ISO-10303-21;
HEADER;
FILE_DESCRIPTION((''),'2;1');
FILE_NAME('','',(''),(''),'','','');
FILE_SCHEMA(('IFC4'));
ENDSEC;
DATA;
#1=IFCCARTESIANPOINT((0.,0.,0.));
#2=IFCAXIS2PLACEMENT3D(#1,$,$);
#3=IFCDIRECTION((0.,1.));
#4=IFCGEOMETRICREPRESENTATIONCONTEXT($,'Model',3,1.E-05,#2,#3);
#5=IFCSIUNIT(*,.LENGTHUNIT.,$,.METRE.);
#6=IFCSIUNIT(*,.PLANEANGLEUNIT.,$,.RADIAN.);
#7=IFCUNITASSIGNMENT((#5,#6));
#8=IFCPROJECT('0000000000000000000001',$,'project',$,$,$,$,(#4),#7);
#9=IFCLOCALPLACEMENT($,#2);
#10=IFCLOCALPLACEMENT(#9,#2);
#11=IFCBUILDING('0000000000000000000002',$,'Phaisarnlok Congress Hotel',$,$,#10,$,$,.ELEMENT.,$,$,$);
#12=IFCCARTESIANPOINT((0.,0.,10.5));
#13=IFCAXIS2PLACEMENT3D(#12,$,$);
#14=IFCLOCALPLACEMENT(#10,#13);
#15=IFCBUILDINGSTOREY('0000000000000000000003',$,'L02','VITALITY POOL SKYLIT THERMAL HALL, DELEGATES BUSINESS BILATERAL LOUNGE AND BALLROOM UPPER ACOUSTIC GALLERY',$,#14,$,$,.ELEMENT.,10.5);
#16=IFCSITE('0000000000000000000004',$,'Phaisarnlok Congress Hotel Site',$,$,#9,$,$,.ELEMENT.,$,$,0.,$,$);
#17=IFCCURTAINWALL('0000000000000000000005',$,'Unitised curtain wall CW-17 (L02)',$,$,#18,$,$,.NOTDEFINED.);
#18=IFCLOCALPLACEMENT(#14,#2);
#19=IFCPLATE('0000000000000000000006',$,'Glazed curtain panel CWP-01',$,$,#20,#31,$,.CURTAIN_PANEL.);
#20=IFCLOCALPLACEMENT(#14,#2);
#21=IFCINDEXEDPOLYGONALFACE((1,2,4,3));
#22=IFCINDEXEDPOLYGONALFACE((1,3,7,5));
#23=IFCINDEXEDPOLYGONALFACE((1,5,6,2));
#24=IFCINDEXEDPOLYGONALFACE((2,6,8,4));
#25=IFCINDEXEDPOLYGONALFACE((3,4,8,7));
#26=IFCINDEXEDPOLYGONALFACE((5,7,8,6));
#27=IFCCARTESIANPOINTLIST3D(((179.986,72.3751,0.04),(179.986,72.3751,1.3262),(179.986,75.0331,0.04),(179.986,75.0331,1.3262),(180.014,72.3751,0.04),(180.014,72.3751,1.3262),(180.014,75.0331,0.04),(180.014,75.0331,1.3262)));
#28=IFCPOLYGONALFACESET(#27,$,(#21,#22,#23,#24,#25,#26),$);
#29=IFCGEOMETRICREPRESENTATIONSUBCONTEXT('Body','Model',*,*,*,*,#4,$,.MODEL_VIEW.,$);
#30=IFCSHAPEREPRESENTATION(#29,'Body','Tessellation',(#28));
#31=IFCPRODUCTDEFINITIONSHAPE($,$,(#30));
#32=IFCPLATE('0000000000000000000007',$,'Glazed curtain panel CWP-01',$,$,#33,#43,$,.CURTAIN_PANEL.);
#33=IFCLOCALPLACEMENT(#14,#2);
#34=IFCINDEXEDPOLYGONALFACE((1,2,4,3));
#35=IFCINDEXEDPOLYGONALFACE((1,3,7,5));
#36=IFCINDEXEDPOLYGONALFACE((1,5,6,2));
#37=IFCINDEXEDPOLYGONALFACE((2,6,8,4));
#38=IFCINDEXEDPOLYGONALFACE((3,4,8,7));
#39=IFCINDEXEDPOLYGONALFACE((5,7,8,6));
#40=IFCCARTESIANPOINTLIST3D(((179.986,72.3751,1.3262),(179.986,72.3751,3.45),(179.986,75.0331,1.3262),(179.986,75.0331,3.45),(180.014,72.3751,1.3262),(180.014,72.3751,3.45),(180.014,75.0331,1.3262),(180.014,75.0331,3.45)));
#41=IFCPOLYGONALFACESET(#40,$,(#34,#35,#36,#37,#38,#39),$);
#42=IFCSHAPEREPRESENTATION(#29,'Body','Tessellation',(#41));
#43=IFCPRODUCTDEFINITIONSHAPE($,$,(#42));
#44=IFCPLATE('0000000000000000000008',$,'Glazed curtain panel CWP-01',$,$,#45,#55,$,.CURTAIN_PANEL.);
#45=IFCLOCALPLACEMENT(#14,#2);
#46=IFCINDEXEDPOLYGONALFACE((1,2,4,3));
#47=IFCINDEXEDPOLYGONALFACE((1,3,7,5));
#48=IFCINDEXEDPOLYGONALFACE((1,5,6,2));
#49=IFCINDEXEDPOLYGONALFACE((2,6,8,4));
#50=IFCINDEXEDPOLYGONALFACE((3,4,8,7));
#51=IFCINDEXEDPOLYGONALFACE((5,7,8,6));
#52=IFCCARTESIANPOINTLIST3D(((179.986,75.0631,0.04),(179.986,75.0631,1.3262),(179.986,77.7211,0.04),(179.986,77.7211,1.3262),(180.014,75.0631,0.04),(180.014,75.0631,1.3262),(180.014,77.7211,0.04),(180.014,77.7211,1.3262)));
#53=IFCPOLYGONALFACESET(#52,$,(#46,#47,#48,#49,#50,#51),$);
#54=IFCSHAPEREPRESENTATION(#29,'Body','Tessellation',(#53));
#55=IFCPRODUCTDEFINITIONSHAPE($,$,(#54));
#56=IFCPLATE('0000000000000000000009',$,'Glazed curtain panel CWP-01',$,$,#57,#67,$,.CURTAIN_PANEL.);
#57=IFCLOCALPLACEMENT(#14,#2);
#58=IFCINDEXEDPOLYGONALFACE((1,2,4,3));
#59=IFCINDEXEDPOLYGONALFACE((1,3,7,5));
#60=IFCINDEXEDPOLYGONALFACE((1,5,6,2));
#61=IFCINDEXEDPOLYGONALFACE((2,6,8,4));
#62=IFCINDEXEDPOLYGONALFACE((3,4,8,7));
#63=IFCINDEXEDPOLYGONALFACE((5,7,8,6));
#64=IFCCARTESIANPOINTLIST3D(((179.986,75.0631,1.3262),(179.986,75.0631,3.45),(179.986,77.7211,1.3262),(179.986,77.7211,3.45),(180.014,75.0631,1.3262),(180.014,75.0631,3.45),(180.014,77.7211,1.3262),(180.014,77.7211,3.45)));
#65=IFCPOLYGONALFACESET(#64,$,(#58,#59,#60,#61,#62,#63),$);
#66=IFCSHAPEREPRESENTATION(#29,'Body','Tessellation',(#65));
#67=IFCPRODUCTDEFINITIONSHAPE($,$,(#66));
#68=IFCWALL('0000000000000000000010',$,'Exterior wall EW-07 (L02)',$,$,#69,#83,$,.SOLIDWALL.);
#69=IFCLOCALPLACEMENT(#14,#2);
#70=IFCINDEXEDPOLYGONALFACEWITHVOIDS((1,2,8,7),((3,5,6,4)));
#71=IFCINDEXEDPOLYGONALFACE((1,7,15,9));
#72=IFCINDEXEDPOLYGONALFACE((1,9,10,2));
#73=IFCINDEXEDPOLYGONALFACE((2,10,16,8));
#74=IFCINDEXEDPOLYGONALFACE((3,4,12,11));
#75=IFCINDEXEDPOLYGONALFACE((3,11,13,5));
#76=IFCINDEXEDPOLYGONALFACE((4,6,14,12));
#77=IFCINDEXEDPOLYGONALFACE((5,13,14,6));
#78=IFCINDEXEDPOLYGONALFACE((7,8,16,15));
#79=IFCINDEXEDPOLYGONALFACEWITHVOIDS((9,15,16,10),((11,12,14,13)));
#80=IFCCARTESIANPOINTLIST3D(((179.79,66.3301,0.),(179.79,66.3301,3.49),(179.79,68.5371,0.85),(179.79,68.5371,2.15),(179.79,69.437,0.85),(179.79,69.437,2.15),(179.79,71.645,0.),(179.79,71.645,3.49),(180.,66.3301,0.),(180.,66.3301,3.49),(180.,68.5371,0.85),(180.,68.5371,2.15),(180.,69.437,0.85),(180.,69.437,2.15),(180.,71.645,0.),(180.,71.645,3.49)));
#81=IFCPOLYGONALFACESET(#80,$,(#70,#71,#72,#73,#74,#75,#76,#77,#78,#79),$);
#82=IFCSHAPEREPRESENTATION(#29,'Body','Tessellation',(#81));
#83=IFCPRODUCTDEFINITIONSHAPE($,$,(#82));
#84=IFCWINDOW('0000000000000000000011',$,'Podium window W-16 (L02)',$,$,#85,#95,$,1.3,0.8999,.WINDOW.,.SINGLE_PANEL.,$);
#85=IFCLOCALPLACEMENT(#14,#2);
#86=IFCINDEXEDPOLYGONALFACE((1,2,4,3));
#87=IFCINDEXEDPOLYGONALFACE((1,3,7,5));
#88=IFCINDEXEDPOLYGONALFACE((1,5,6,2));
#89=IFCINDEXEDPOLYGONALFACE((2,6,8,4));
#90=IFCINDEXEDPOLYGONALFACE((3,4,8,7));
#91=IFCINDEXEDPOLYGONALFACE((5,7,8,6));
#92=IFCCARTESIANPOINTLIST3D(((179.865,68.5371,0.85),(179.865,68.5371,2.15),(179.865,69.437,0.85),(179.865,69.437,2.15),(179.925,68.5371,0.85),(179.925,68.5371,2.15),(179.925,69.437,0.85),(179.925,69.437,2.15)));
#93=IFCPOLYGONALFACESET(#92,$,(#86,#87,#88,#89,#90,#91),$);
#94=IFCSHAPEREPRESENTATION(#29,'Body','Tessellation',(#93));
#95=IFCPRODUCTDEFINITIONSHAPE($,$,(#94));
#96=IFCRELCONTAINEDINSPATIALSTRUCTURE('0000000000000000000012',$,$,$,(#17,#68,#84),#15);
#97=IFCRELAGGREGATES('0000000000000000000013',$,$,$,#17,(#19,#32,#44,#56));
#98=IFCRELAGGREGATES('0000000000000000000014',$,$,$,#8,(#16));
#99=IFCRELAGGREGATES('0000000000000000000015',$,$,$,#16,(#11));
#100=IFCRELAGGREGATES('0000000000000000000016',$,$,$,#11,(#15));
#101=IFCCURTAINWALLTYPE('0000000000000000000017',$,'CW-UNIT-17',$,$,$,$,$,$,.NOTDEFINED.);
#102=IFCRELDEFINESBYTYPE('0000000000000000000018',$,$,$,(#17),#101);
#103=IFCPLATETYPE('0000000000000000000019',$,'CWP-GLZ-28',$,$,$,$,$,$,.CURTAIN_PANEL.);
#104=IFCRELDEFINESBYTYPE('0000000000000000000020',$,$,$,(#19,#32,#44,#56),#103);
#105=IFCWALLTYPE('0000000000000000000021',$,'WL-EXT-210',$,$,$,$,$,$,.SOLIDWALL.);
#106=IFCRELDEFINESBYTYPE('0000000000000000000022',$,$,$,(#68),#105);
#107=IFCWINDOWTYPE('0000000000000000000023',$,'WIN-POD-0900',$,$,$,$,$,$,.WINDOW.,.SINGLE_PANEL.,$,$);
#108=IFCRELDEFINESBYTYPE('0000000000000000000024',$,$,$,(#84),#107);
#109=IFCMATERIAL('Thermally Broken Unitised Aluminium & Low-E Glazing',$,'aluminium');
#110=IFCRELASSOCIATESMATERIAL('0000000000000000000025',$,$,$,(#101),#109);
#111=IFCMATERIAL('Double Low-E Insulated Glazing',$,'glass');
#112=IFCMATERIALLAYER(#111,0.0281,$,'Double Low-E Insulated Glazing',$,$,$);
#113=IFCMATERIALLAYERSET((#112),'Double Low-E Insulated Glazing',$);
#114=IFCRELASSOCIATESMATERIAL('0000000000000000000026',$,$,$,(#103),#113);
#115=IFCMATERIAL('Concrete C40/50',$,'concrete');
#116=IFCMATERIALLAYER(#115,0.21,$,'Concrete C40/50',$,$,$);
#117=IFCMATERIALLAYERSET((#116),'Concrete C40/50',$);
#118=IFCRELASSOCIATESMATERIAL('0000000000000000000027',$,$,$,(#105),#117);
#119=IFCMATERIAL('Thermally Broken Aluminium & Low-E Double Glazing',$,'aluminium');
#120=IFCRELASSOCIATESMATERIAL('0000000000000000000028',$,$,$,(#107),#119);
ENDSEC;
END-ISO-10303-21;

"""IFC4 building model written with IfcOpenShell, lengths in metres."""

from ifc_helpers import new_model, si_unit, direction, frame, frame_2d, origin, place, context, subcontext, project, spatial, rectangle, extrude, material, layer, layer_set, type_object, element, fill, aggregate, save


model = new_model("IFC4")

# Units and contexts
model_context = context("Model", 3, precision=1e-05, world=origin(), true_north=direction((0.0, 1.0)))
body_context = subcontext(model_context, "Body", "Model", "MODEL_VIEW")
ifc_project = project(units=[si_unit("LENGTHUNIT", "METRE"), si_unit("PLANEANGLEUNIT", "RADIAN")], contexts=[model_context])

# Site, building, storey
site_placement = place(None, origin())
site = spatial("IfcSite", under=ifc_project, at=site_placement, Name="Phaisarnlok Congress Hotel Site", CompositionType="ELEMENT", RefElevation=0.0)
building_placement = place(site_placement, origin())
building = spatial("IfcBuilding", under=site, at=building_placement, Name="Phaisarnlok Congress Hotel", CompositionType="ELEMENT")
storey_placement = place(building_placement, frame((0.0, 0.0, 10.5)))
storey = spatial("IfcBuildingStorey", under=building, at=storey_placement, Name="L02", Description="VITALITY POOL SKYLIT THERMAL HALL, DELEGATES BUSINESS BILATERAL LOUNGE AND BALLROOM UPPER ACOUSTIC GALLERY", CompositionType="ELEMENT", Elevation=10.5)

# Shared definitions
ifc_material_1 = material(Name="Concrete C40/50", Category="concrete")

# Shared definitions
ifc_material_2 = material(Name="Thermally Broken Unitised Aluminium & Low-E Glazing", Category="aluminium")

# Curtain wall
curtain_wall_type_1 = type_object("IfcCurtainWallType", Name="CW-UNIT-17", PredefinedType="NOTDEFINED", material=ifc_material_2)
curtain_wall_1_placement = place(storey_placement, origin())
curtain_wall_1 = element("IfcCurtainWall", 1, at=curtain_wall_1_placement, inside=storey, type_object=curtain_wall_type_1, Name="Unitised curtain wall CW-17 (L02)", PredefinedType="NOTDEFINED")

# Plates
ifc_material_3 = material(Name="Double Low-E Insulated Glazing", Category="glass")
ifc_layer_1 = layer(ifc_material_3, 0.0281, Name="Double Low-E Insulated Glazing")
ifc_layer_set_1 = layer_set([ifc_layer_1], Name="Double Low-E Insulated Glazing")
plate_type = type_object("IfcPlateType", Name="CWP-GLZ-28", PredefinedType="CURTAIN_PANEL", material=ifc_layer_set_1)
plate_1_placement = place(storey_placement, frame((180.0, 72.375, 0.04), z_axis=(0.0, 0.0, 1.0), x_axis=(0.0, 1.0, 0.0)))
plate_1 = element("IfcPlate", 2, at=plate_1_placement, type_object=plate_type, Name="Glazed curtain panel CWP-01", PredefinedType="CURTAIN_PANEL", context=body_context, shape_type="SweptSolid", body=[
    extrude(rectangle(XDim=2.658, YDim=0.0281, at=frame_2d((1.3291, 0.0))), origin(), (0.0, 0.0, 1.0), 1.2861),
])
plate_2_placement = place(storey_placement, frame((180.0, 72.375, 1.3262), z_axis=(0.0, 0.0, 1.0), x_axis=(0.0, 1.0, 0.0)))
plate_2 = element("IfcPlate", 3, at=plate_2_placement, type_object=plate_type, Name="Glazed curtain panel CWP-01", PredefinedType="CURTAIN_PANEL", context=body_context, shape_type="SweptSolid", body=[
    extrude(rectangle(XDim=2.658, YDim=0.0281, at=frame_2d((1.3291, 0.0))), origin(), (0.0, 0.0, 1.0), 2.1238),
])
plate_3_placement = place(storey_placement, frame((180.0, 75.063, 0.04), z_axis=(0.0, 0.0, 1.0), x_axis=(0.0, 1.0, 0.0)))
plate_3 = element("IfcPlate", 4, at=plate_3_placement, type_object=plate_type, Name="Glazed curtain panel CWP-01", PredefinedType="CURTAIN_PANEL", context=body_context, shape_type="SweptSolid", body=[
    extrude(rectangle(XDim=2.658, YDim=0.0281, at=frame_2d((1.3291, 0.0))), origin(), (0.0, 0.0, 1.0), 1.2861),
])
plate_4_placement = place(storey_placement, frame((180.0, 75.063, 1.3262), z_axis=(0.0, 0.0, 1.0), x_axis=(0.0, 1.0, 0.0)))
plate_4 = element("IfcPlate", 5, at=plate_4_placement, type_object=plate_type, Name="Glazed curtain panel CWP-01", PredefinedType="CURTAIN_PANEL", context=body_context, shape_type="SweptSolid", body=[
    extrude(rectangle(XDim=2.658, YDim=0.0281, at=frame_2d((1.3291, 0.0))), origin(), (0.0, 0.0, 1.0), 2.1238),
])
aggregate(curtain_wall_1, [plate_1, plate_2, plate_3, plate_4])

# Wall, opening, window
ifc_layer_2 = layer(ifc_material_1, 0.21, Name="Concrete C40/50")
ifc_layer_set_2 = layer_set([ifc_layer_2], Name="Concrete C40/50")
wall_type = type_object("IfcWallType", Name="WL-EXT-210", PredefinedType="SOLIDWALL", material=ifc_layer_set_2)
wall_placement = place(storey_placement, frame((179.895, 66.3301, 0.0), z_axis=(0.0, 0.0, 1.0), x_axis=(0.0, 1.0, 0.0)))
wall = element("IfcWall", 6, at=wall_placement, inside=storey, type_object=wall_type, Name="Exterior wall EW-07 (L02)", PredefinedType="SOLIDWALL", context=body_context, shape_type="SweptSolid", body=[
    extrude(rectangle(XDim=5.3149, YDim=0.21, at=frame_2d((2.6575, 0.0))), origin(), (0.0, 0.0, 1.0), 3.49),
])
opening_placement = place(wall_placement, frame((2.207, 0.0, 0.8501)))
opening = element("IfcOpeningElement", 7, at=opening_placement, cuts=wall, PredefinedType="OPENING", context=body_context, shape_type="SweptSolid", body=[
    extrude(rectangle(XDim=0.8999, YDim=1.3, at=frame_2d((0.45, 0.6499))), frame((0.0, 0.115, 0.0), z_axis=(0.0, -1.0, 0.0), x_axis=(1.0, 0.0, 0.0)), (0.0, 0.0, 1.0), 0.23),
])
ifc_material_4 = material(Name="Thermally Broken Aluminium & Low-E Double Glazing", Category="aluminium")
window_type = type_object("IfcWindowType", Name="WIN-POD-0900", PartitioningType="SINGLE_PANEL", PredefinedType="WINDOW", material=ifc_material_4)
window_placement = place(opening_placement, origin())
window = element("IfcWindow", 8, at=window_placement, inside=storey, type_object=window_type, Name="Podium window W-16 (L02)", OverallHeight=1.3, OverallWidth=0.8999, PartitioningType="SINGLE_PANEL", PredefinedType="WINDOW", context=body_context, shape_type="SweptSolid", body=[
    extrude(rectangle(XDim=0.8999, YDim=1.3, at=frame_2d((0.45, 0.6499))), frame((0.0, 0.03, 0.0), z_axis=(0.0, -1.0, 0.0), x_axis=(1.0, 0.0, 0.0)), (0.0, 0.0, 1.0), 0.0601),
])
fill(opening, window)

save(model, "model.ifc")
